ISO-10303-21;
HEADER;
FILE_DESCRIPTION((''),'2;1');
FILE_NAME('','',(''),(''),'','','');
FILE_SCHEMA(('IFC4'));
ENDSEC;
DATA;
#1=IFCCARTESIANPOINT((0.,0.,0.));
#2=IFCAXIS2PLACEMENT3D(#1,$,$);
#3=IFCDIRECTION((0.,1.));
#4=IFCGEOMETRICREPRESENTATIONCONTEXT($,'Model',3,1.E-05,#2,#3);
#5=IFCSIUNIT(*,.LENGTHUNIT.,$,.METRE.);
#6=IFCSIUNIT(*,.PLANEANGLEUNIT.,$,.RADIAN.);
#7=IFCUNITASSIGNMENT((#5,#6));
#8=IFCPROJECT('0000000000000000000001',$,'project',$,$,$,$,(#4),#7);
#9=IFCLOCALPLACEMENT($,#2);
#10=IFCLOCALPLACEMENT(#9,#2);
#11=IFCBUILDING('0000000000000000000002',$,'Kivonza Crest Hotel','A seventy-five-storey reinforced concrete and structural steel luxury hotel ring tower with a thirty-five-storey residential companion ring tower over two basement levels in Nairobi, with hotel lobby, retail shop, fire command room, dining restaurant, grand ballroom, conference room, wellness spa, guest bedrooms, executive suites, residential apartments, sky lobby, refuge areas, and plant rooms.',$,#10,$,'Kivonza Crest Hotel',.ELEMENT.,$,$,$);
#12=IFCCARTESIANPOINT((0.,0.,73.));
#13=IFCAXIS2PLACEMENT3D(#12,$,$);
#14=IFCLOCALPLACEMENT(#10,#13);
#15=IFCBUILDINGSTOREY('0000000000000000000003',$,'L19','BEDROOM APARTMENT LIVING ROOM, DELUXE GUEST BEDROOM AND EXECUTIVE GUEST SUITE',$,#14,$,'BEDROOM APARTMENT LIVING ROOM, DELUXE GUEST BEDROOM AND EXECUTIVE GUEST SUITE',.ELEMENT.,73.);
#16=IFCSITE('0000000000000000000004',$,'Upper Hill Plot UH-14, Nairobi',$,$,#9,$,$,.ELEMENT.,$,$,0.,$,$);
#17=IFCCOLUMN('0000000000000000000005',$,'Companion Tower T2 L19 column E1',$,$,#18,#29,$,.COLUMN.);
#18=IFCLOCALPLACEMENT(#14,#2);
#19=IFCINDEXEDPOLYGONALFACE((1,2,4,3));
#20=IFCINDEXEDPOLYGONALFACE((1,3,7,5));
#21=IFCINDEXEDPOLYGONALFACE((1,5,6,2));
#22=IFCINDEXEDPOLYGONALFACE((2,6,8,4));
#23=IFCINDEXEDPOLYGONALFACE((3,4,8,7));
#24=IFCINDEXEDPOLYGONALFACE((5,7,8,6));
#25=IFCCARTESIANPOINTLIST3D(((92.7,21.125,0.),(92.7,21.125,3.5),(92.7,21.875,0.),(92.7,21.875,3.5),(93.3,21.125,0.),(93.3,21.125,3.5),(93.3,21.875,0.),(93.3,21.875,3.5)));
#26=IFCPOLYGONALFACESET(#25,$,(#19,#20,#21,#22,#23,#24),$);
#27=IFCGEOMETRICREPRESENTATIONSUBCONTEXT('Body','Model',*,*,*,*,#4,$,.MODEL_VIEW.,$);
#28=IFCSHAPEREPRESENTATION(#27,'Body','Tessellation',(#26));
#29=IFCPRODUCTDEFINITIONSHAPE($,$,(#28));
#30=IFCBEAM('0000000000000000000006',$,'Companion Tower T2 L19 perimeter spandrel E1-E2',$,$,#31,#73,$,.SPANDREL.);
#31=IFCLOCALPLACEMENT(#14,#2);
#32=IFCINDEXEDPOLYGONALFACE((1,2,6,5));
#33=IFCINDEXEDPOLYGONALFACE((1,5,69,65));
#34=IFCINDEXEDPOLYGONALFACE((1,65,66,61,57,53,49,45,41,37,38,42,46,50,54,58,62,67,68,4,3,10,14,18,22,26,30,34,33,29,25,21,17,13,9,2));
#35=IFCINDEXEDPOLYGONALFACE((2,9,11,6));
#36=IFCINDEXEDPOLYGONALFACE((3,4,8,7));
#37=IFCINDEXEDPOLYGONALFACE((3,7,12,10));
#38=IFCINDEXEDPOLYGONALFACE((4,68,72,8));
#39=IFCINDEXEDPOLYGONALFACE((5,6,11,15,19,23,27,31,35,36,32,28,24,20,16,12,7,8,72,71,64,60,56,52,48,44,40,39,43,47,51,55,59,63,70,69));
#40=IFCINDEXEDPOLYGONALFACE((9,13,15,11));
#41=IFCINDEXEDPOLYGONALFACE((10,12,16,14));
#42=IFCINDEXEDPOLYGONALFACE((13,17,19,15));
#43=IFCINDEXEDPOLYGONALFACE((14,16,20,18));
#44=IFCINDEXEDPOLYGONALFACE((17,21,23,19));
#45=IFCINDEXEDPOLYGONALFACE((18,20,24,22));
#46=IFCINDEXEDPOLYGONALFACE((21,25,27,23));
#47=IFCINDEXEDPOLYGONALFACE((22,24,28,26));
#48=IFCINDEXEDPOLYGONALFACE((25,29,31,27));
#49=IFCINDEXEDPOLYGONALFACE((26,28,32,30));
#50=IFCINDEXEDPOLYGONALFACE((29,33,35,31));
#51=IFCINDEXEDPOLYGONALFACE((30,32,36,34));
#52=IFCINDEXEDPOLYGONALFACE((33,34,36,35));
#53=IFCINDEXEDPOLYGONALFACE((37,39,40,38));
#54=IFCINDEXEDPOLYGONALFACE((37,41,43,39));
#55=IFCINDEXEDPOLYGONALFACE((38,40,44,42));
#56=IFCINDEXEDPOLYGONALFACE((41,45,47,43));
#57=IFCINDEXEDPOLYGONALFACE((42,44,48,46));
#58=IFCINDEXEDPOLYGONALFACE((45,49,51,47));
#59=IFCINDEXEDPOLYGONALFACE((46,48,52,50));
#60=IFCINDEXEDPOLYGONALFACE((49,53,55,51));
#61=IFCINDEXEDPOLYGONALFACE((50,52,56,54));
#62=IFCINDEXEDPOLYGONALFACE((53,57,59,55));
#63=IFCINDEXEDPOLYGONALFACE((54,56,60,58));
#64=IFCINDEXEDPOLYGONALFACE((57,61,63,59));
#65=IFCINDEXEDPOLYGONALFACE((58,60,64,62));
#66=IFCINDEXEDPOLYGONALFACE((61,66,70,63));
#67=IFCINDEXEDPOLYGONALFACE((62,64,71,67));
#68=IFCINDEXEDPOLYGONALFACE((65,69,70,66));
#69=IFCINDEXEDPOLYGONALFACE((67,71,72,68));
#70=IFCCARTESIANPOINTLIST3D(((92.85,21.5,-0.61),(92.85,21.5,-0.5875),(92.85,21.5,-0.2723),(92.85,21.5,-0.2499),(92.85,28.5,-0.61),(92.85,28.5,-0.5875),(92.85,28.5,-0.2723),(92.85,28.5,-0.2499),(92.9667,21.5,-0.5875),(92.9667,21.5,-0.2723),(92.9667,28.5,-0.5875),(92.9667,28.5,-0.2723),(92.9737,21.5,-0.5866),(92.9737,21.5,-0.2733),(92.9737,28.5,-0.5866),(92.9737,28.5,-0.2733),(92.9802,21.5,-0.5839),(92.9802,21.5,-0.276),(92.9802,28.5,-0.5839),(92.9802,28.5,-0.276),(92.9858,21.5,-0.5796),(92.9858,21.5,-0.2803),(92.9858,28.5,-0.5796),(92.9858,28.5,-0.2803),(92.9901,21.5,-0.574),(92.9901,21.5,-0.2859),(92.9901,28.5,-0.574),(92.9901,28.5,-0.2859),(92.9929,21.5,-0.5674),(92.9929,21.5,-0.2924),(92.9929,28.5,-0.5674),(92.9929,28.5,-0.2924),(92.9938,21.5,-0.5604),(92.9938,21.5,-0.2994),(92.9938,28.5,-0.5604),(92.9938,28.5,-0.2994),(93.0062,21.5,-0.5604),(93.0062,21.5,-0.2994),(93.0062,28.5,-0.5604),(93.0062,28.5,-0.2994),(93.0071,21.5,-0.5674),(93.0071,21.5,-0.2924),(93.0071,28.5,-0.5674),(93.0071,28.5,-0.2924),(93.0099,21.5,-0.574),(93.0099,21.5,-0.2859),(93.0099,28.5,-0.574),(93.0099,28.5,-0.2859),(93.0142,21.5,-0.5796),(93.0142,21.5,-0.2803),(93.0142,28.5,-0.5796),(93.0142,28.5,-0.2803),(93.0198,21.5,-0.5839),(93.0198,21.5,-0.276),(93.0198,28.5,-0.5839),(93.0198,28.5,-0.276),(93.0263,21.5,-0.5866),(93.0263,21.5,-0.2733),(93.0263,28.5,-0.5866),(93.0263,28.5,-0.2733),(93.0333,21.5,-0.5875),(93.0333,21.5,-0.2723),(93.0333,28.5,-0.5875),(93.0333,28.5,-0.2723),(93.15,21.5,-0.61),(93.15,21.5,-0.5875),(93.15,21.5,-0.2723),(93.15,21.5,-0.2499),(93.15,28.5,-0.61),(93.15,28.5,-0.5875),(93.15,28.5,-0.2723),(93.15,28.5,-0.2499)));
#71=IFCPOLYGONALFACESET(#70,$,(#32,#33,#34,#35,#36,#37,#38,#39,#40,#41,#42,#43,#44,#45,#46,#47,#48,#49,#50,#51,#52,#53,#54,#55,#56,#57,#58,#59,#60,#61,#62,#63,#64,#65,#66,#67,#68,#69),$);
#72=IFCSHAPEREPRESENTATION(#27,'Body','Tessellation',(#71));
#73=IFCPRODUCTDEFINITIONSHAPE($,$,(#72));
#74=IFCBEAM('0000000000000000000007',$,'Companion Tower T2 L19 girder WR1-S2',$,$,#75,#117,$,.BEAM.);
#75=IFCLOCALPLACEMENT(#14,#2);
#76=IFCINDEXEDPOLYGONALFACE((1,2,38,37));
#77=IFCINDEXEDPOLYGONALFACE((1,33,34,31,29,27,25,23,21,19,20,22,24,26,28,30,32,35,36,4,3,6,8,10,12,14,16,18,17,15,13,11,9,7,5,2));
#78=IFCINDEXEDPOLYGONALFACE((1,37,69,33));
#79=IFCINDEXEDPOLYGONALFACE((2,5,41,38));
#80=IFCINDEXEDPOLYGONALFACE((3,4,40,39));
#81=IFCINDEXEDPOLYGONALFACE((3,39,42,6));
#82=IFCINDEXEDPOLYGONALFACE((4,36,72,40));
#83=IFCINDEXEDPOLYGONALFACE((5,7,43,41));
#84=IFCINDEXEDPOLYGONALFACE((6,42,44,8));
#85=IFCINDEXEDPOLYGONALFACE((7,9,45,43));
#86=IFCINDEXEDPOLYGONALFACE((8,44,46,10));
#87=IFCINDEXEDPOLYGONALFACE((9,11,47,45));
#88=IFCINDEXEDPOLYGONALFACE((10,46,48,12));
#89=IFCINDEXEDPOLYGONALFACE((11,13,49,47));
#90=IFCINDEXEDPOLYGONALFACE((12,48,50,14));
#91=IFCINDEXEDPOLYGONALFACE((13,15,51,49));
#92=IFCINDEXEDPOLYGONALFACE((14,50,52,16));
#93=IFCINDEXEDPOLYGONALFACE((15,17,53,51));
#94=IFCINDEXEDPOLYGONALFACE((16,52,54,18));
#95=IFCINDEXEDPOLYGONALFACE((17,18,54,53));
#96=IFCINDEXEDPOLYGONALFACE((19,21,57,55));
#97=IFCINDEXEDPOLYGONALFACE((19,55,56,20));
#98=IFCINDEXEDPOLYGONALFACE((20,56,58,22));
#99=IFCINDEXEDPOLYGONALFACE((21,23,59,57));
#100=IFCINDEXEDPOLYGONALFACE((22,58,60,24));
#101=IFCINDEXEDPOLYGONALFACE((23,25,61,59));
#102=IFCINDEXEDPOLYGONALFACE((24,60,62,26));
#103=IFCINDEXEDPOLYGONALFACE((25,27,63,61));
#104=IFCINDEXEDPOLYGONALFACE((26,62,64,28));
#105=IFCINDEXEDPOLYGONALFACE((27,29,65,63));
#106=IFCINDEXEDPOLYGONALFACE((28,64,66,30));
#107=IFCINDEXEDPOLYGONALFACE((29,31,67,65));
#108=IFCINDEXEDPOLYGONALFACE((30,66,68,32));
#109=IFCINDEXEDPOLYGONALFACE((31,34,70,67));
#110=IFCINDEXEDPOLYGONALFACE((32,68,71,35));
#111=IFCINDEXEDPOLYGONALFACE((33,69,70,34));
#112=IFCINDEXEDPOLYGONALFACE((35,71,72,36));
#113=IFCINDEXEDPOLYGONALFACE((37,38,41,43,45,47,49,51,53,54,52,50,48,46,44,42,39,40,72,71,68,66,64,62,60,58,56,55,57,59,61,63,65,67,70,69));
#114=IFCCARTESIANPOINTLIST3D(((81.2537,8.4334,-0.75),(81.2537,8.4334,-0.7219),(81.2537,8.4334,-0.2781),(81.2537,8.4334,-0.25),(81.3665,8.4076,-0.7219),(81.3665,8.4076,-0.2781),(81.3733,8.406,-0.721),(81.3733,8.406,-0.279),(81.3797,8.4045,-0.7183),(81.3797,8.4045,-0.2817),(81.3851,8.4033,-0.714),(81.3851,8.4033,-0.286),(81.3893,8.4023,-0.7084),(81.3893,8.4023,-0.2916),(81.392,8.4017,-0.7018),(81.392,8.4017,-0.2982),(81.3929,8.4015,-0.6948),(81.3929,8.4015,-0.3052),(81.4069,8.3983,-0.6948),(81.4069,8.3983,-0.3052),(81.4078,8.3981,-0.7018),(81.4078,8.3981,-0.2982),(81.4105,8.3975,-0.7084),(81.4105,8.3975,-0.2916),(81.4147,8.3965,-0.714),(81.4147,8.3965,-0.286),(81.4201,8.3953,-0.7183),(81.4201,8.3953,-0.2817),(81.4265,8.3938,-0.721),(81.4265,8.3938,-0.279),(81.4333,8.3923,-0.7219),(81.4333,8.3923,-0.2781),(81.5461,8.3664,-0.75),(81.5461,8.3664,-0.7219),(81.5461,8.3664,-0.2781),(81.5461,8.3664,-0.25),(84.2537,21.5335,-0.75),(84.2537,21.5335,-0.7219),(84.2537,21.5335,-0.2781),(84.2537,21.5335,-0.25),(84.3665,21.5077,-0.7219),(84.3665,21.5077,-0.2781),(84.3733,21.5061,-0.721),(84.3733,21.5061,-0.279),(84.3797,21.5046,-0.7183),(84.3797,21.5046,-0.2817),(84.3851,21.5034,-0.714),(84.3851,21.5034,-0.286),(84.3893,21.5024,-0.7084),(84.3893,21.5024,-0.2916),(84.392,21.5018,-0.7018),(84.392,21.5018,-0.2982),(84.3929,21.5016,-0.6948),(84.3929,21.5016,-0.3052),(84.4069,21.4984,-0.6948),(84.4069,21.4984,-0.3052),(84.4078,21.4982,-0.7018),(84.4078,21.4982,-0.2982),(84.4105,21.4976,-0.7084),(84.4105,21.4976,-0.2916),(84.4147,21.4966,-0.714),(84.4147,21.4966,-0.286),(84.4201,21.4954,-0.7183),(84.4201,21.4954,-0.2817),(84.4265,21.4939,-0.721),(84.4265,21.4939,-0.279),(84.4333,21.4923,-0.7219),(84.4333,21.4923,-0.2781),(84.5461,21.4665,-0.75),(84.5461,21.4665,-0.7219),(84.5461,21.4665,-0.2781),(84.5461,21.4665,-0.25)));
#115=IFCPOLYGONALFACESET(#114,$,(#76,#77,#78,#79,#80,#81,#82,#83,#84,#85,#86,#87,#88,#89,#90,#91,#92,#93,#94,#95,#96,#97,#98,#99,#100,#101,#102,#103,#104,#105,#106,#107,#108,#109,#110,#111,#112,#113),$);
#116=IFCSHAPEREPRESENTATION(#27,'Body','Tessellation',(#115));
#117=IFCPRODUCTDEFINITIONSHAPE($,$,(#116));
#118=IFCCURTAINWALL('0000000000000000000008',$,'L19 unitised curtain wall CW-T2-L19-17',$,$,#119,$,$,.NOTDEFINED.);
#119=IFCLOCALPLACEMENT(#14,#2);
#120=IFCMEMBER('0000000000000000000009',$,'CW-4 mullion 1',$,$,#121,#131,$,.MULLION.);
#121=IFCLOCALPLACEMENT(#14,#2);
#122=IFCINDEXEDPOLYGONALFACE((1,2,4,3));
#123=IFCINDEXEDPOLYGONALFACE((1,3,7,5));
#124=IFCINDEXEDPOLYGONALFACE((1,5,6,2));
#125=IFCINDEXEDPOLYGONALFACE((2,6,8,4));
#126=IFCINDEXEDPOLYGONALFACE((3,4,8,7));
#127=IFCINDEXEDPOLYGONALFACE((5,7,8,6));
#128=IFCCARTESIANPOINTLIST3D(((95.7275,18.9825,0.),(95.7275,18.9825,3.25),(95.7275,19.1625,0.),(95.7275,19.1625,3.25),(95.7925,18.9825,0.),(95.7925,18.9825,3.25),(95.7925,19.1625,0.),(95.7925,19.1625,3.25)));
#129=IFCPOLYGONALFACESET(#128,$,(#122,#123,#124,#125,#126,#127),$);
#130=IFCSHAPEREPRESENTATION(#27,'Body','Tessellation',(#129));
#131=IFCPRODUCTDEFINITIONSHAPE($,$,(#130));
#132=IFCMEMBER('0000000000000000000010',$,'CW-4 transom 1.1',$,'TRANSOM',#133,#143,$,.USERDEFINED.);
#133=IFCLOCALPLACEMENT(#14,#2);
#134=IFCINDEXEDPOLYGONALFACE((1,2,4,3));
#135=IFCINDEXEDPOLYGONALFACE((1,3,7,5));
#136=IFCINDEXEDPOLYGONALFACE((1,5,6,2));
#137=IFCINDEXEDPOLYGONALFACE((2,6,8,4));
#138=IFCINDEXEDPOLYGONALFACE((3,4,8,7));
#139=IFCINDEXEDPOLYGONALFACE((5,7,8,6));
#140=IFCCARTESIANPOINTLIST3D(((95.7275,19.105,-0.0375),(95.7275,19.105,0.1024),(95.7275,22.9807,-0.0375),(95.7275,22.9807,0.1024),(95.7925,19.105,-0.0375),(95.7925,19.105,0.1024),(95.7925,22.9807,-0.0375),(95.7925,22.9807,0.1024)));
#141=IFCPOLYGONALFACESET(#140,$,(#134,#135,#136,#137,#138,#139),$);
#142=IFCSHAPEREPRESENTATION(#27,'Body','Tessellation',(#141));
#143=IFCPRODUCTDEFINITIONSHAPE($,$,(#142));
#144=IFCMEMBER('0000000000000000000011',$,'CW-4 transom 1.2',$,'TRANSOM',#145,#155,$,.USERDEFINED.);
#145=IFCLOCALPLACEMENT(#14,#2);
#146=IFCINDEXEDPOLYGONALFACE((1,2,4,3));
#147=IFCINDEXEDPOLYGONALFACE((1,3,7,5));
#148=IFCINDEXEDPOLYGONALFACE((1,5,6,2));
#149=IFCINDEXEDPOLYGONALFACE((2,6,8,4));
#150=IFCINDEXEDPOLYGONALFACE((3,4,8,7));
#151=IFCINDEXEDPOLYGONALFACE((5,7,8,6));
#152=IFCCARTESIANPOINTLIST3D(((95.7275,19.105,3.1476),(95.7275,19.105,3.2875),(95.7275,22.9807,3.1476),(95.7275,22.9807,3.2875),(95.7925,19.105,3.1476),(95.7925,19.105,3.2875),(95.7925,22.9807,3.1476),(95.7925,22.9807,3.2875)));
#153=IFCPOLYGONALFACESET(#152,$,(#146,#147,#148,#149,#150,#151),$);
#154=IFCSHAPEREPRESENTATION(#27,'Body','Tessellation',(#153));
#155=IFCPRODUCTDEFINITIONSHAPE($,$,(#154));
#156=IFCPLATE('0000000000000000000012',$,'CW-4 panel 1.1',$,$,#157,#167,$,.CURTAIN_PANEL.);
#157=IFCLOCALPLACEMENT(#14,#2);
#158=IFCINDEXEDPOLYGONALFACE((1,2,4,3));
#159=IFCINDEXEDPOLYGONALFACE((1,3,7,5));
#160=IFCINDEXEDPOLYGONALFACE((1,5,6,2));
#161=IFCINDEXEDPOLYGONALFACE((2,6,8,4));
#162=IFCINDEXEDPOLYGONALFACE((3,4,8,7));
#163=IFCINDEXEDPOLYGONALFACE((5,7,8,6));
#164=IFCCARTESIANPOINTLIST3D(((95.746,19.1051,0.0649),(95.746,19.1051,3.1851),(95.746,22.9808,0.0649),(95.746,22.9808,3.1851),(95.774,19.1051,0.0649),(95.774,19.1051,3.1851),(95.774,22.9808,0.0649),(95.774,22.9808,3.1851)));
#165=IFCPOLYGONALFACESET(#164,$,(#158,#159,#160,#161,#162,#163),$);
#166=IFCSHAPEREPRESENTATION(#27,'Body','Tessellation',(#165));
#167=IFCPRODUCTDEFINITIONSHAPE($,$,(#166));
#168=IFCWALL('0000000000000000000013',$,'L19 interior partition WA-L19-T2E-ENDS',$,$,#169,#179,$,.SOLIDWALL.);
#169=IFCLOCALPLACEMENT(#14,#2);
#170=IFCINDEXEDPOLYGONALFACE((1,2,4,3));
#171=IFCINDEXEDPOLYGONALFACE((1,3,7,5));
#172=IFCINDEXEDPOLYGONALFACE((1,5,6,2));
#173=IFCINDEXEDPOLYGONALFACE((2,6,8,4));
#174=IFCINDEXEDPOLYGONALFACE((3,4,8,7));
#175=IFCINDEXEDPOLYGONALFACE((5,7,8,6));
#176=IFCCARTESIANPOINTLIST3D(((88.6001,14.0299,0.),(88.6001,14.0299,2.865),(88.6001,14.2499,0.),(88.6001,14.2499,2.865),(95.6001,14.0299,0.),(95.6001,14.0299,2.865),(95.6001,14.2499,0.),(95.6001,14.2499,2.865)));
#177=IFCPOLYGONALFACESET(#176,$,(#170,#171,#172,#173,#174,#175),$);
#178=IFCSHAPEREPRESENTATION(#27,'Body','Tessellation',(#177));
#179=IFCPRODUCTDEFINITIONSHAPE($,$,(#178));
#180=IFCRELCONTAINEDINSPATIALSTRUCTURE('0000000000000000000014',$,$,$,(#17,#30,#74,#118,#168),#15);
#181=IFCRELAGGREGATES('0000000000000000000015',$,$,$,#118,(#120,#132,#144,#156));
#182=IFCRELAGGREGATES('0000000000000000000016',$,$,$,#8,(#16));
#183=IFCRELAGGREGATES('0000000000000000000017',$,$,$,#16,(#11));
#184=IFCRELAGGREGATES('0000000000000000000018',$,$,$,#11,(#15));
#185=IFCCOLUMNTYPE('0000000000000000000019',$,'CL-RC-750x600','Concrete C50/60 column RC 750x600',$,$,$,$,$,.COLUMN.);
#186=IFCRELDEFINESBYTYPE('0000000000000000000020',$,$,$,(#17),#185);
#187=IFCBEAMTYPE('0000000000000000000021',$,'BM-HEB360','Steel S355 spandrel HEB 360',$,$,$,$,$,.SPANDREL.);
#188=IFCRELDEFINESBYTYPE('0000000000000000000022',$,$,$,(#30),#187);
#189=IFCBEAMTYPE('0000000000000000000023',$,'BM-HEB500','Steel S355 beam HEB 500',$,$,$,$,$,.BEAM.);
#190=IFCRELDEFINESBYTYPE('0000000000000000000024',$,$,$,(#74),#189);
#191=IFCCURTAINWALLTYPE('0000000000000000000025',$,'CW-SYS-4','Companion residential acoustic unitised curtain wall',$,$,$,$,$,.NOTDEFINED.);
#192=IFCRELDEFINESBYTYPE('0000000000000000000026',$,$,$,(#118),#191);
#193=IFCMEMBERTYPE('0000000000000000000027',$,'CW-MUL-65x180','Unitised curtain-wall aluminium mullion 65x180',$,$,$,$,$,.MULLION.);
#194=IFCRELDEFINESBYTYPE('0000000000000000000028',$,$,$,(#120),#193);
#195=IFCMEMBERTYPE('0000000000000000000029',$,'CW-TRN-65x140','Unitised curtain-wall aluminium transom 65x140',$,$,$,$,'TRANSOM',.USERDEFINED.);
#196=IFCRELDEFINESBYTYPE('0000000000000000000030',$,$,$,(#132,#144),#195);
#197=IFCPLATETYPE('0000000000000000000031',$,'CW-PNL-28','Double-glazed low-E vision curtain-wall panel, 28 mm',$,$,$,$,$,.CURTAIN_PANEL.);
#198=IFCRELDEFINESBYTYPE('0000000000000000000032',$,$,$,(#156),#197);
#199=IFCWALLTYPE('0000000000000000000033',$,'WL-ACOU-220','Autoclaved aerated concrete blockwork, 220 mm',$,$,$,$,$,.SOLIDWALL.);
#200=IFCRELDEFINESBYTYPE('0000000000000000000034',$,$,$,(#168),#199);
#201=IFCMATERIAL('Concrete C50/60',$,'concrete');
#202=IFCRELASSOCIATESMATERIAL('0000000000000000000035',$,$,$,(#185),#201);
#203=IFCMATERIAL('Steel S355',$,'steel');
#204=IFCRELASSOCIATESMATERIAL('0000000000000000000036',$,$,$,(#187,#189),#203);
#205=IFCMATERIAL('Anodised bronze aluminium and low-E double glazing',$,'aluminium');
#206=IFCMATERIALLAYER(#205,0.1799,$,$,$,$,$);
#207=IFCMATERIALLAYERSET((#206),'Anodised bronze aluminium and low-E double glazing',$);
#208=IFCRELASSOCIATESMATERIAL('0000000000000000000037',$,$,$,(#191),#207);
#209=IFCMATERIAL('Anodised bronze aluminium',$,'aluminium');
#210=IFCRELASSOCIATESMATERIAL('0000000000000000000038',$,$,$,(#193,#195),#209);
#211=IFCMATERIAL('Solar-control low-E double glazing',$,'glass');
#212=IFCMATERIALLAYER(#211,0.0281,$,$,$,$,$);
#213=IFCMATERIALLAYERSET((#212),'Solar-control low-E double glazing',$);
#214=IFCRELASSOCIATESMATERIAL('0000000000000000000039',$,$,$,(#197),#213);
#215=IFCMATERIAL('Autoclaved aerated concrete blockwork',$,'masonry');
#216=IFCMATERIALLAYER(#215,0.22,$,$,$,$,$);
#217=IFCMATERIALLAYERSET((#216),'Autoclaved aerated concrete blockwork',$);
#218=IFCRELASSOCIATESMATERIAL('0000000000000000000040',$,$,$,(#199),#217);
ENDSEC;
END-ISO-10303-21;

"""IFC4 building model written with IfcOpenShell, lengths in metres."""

from ifc_helpers import new_model, si_unit, direction, frame, frame_2d, origin, origin_2d, place, context, subcontext, project, spatial, rectangle, i_section, extrude, material, layer, layer_set, material_profile, profile_set, type_object, element, aggregate, save


model = new_model("IFC4")

# Units and contexts
model_context = context("Model", 3, precision=1e-05, world=origin(), true_north=direction((0.0, 1.0)))
body_context = subcontext(model_context, "Body", "Model", "MODEL_VIEW")
ifc_project = project(units=[si_unit("LENGTHUNIT", "METRE"), si_unit("PLANEANGLEUNIT", "RADIAN")], contexts=[model_context])

# Site, building, storey
site_placement = place(None, origin())
site = spatial("IfcSite", under=ifc_project, at=site_placement, Name="Upper Hill Plot UH-14, Nairobi", CompositionType="ELEMENT", RefElevation=0.0)
building_placement = place(site_placement, origin())
building = spatial("IfcBuilding", under=site, at=building_placement, Name="Kivonza Crest Hotel", Description="A seventy-five-storey reinforced concrete and structural steel luxury hotel ring tower with a thirty-five-storey residential companion ring tower over two basement levels in Nairobi, with hotel lobby, retail shop, fire command room, dining restaurant, grand ballroom, conference room, wellness spa, guest bedrooms, executive suites, residential apartments, sky lobby, refuge areas, and plant rooms.", LongName="Kivonza Crest Hotel", CompositionType="ELEMENT")
storey_placement = place(building_placement, frame((0.0, 0.0, 73.0)))
storey = spatial("IfcBuildingStorey", under=building, at=storey_placement, Name="L19", Description="BEDROOM APARTMENT LIVING ROOM, DELUXE GUEST BEDROOM AND EXECUTIVE GUEST SUITE", LongName="BEDROOM APARTMENT LIVING ROOM, DELUXE GUEST BEDROOM AND EXECUTIVE GUEST SUITE", CompositionType="ELEMENT", Elevation=73.0)

# Column
ifc_material_1 = material(Name="Concrete C50/60", Category="concrete")
ifc_material_profile_1 = material_profile(ifc_material_1, rectangle(XDim=0.6001, YDim=0.75, at=origin_2d()), Name="RC 750x600")
ifc_profile_set_1 = profile_set([ifc_material_profile_1], Name="Concrete C50/60")
column_type = type_object("IfcColumnType", Name="CL-RC-750x600", Description="Concrete C50/60 column RC 750x600", PredefinedType="COLUMN", material=ifc_profile_set_1)
column_placement = place(storey_placement, frame((93.0, 21.5, 0.0), z_axis=(0.0, 0.0, 1.0), x_axis=(1.0, 0.0, 0.0)))
element("IfcColumn", 1, at=column_placement, inside=storey, type_object=column_type, Name="Companion Tower T2 L19 column E1", PredefinedType="COLUMN", context=body_context, shape_type="SweptSolid", body=[
    extrude(rectangle(XDim=0.6001, YDim=0.75, at=origin_2d()), origin(), (0.0, 0.0, 1.0), 3.5),
])

# Beams
ifc_material_2 = material(Name="Steel S355", Category="steel")
ifc_material_profile_2 = material_profile(ifc_material_2, i_section(OverallWidth=0.3, OverallDepth=0.3601, WebThickness=0.0125, FlangeThickness=0.0225, FilletRadius=0.0271, at=origin_2d()), Name="HEB 360")
ifc_profile_set_2 = profile_set([ifc_material_profile_2], Name="Steel S355")
beam_type_1 = type_object("IfcBeamType", Name="BM-HEB360", Description="Steel S355 spandrel HEB 360", PredefinedType="SPANDREL", material=ifc_profile_set_2)
beam_1_placement = place(storey_placement, frame((93.0, 21.5, -0.4299), z_axis=(0.0, 1.0, 0.0), x_axis=(-1.0, 0.0, 0.0)))
element("IfcBeam", 2, at=beam_1_placement, inside=storey, type_object=beam_type_1, Name="Companion Tower T2 L19 perimeter spandrel E1-E2", PredefinedType="SPANDREL", context=body_context, shape_type="SweptSolid", body=[
    extrude(i_section(OverallWidth=0.3, OverallDepth=0.3601, WebThickness=0.0125, FlangeThickness=0.0225, FilletRadius=0.0271, at=origin_2d()), origin(), (0.0, 0.0, 1.0), 7.0),
])
ifc_material_profile_3 = material_profile(ifc_material_2, i_section(OverallWidth=0.3, OverallDepth=0.5, WebThickness=0.0144, FlangeThickness=0.0281, FilletRadius=0.0271, at=origin_2d()), Name="HEB 500")
ifc_profile_set_3 = profile_set([ifc_material_profile_3], Name="Steel S355")
beam_type_2 = type_object("IfcBeamType", Name="BM-HEB500", Description="Steel S355 beam HEB 500", PredefinedType="BEAM", material=ifc_profile_set_3)
beam_2_placement = place(storey_placement, frame((84.3999, 21.5, -0.5), z_axis=(-0.223227, -0.974766, 0.0), x_axis=(0.974766, -0.223227, 0.0)))
element("IfcBeam", 3, at=beam_2_placement, inside=storey, type_object=beam_type_2, Name="Companion Tower T2 L19 girder WR1-S2", PredefinedType="BEAM", context=body_context, shape_type="SweptSolid", body=[
    extrude(i_section(OverallWidth=0.3, OverallDepth=0.5, WebThickness=0.0144, FlangeThickness=0.0281, FilletRadius=0.0271, at=origin_2d()), origin(), (0.0, 0.0, 1.0), 13.4392),
])

# Curtain wall, members, plate
ifc_material_3 = material(Name="Anodised bronze aluminium and low-E double glazing", Category="aluminium")
ifc_layer_1 = layer(ifc_material_3, 0.1799)
ifc_layer_set_1 = layer_set([ifc_layer_1], Name="Anodised bronze aluminium and low-E double glazing")
curtain_wall_type = type_object("IfcCurtainWallType", Name="CW-SYS-4", Description="Companion residential acoustic unitised curtain wall", PredefinedType="NOTDEFINED", material=ifc_layer_set_1)
curtain_wall_placement = place(storey_placement, origin())
curtain_wall = element("IfcCurtainWall", 4, at=curtain_wall_placement, inside=storey, type_object=curtain_wall_type, Name="L19 unitised curtain wall CW-T2-L19-17", PredefinedType="NOTDEFINED")
ifc_material_4 = material(Name="Anodised bronze aluminium", Category="aluminium")
ifc_material_profile_4 = material_profile(ifc_material_4, rectangle(XDim=0.0649, YDim=0.1799, at=origin_2d()), Name="CW-M 65x180")
ifc_profile_set_4 = profile_set([ifc_material_profile_4], Name="Anodised bronze aluminium")
member_type_1 = type_object("IfcMemberType", Name="CW-MUL-65x180", Description="Unitised curtain-wall aluminium mullion 65x180", PredefinedType="MULLION", material=ifc_profile_set_4)
member_1_placement = place(storey_placement, frame((95.76, 19.0725, 0.0), z_axis=(0.0, 0.0, 1.0), x_axis=(-1.0, 0.0, 0.0)))
member_1 = element("IfcMember", 5, at=member_1_placement, type_object=member_type_1, Name="CW-4 mullion 1", PredefinedType="MULLION", context=body_context, shape_type="SweptSolid", body=[
    extrude(rectangle(XDim=0.0649, YDim=0.1799, at=origin_2d()), origin(), (0.0, 0.0, 1.0), 3.25),
])
ifc_material_profile_5 = material_profile(ifc_material_4, rectangle(XDim=0.0649, YDim=0.1399, at=origin_2d()), Name="CW-T 65x140")
ifc_profile_set_5 = profile_set([ifc_material_profile_5], Name="Anodised bronze aluminium")
member_type_2 = type_object("IfcMemberType", Name="CW-TRN-65x140", Description="Unitised curtain-wall aluminium transom 65x140", ElementType="TRANSOM", PredefinedType="USERDEFINED", material=ifc_profile_set_5)
member_2_placement = place(storey_placement, frame((95.76, 19.105, 0.0325), z_axis=(0.0, 1.0, 0.0), x_axis=(-1.0, 0.0, 0.0)))
member_2 = element("IfcMember", 6, at=member_2_placement, type_object=member_type_2, Name="CW-4 transom 1.1", ObjectType="TRANSOM", PredefinedType="USERDEFINED", context=body_context, shape_type="SweptSolid", body=[
    extrude(rectangle(XDim=0.0649, YDim=0.1399, at=origin_2d()), origin(), (0.0, 0.0, 1.0), 3.8757),
])
member_3_placement = place(storey_placement, frame((95.76, 19.105, 3.2175), z_axis=(0.0, 1.0, 0.0), x_axis=(-1.0, 0.0, 0.0)))
member_3 = element("IfcMember", 7, at=member_3_placement, type_object=member_type_2, Name="CW-4 transom 1.2", ObjectType="TRANSOM", PredefinedType="USERDEFINED", context=body_context, shape_type="SweptSolid", body=[
    extrude(rectangle(XDim=0.0649, YDim=0.1399, at=origin_2d()), origin(), (0.0, 0.0, 1.0), 3.8757),
])
ifc_material_5 = material(Name="Solar-control low-E double glazing", Category="glass")
ifc_layer_2 = layer(ifc_material_5, 0.0281)
ifc_layer_set_2 = layer_set([ifc_layer_2], Name="Solar-control low-E double glazing")
plate_type = type_object("IfcPlateType", Name="CW-PNL-28", Description="Double-glazed low-E vision curtain-wall panel, 28 mm", PredefinedType="CURTAIN_PANEL", material=ifc_layer_set_2)
plate_placement = place(storey_placement, frame((95.76, 21.043, 0.0649), z_axis=(0.0, 0.0, 1.0), x_axis=(0.0, 1.0, 0.0)))
plate = element("IfcPlate", 8, at=plate_placement, type_object=plate_type, Name="CW-4 panel 1.1", PredefinedType="CURTAIN_PANEL", context=body_context, shape_type="SweptSolid", body=[
    extrude(rectangle(XDim=3.8757, YDim=0.0281, at=origin_2d()), origin(), (0.0, 0.0, 1.0), 3.1201),
])
aggregate(curtain_wall, [member_1, member_2, member_3, plate])

# Wall
ifc_material_6 = material(Name="Autoclaved aerated concrete blockwork", Category="masonry")
ifc_layer_3 = layer(ifc_material_6, 0.22)
ifc_layer_set_3 = layer_set([ifc_layer_3], Name="Autoclaved aerated concrete blockwork")
wall_type_1 = type_object("IfcWallType", Name="WL-ACOU-220", Description="Autoclaved aerated concrete blockwork, 220 mm", PredefinedType="SOLIDWALL", material=ifc_layer_set_3)
wall_1_placement = place(storey_placement, frame((88.6001, 14.1399, 0.0), z_axis=(0.0, 0.0, 1.0), x_axis=(1.0, 0.0, 0.0)))
element("IfcWall", 9, at=wall_1_placement, inside=storey, type_object=wall_type_1, Name="L19 interior partition WA-L19-T2E-ENDS", PredefinedType="SOLIDWALL", context=body_context, shape_type="SweptSolid", body=[
    extrude(rectangle(XDim=7.0, YDim=0.22, at=frame_2d((3.5, 0.0))), origin(), (0.0, 0.0, 1.0), 2.865),
])

save(model, "model.ifc")
